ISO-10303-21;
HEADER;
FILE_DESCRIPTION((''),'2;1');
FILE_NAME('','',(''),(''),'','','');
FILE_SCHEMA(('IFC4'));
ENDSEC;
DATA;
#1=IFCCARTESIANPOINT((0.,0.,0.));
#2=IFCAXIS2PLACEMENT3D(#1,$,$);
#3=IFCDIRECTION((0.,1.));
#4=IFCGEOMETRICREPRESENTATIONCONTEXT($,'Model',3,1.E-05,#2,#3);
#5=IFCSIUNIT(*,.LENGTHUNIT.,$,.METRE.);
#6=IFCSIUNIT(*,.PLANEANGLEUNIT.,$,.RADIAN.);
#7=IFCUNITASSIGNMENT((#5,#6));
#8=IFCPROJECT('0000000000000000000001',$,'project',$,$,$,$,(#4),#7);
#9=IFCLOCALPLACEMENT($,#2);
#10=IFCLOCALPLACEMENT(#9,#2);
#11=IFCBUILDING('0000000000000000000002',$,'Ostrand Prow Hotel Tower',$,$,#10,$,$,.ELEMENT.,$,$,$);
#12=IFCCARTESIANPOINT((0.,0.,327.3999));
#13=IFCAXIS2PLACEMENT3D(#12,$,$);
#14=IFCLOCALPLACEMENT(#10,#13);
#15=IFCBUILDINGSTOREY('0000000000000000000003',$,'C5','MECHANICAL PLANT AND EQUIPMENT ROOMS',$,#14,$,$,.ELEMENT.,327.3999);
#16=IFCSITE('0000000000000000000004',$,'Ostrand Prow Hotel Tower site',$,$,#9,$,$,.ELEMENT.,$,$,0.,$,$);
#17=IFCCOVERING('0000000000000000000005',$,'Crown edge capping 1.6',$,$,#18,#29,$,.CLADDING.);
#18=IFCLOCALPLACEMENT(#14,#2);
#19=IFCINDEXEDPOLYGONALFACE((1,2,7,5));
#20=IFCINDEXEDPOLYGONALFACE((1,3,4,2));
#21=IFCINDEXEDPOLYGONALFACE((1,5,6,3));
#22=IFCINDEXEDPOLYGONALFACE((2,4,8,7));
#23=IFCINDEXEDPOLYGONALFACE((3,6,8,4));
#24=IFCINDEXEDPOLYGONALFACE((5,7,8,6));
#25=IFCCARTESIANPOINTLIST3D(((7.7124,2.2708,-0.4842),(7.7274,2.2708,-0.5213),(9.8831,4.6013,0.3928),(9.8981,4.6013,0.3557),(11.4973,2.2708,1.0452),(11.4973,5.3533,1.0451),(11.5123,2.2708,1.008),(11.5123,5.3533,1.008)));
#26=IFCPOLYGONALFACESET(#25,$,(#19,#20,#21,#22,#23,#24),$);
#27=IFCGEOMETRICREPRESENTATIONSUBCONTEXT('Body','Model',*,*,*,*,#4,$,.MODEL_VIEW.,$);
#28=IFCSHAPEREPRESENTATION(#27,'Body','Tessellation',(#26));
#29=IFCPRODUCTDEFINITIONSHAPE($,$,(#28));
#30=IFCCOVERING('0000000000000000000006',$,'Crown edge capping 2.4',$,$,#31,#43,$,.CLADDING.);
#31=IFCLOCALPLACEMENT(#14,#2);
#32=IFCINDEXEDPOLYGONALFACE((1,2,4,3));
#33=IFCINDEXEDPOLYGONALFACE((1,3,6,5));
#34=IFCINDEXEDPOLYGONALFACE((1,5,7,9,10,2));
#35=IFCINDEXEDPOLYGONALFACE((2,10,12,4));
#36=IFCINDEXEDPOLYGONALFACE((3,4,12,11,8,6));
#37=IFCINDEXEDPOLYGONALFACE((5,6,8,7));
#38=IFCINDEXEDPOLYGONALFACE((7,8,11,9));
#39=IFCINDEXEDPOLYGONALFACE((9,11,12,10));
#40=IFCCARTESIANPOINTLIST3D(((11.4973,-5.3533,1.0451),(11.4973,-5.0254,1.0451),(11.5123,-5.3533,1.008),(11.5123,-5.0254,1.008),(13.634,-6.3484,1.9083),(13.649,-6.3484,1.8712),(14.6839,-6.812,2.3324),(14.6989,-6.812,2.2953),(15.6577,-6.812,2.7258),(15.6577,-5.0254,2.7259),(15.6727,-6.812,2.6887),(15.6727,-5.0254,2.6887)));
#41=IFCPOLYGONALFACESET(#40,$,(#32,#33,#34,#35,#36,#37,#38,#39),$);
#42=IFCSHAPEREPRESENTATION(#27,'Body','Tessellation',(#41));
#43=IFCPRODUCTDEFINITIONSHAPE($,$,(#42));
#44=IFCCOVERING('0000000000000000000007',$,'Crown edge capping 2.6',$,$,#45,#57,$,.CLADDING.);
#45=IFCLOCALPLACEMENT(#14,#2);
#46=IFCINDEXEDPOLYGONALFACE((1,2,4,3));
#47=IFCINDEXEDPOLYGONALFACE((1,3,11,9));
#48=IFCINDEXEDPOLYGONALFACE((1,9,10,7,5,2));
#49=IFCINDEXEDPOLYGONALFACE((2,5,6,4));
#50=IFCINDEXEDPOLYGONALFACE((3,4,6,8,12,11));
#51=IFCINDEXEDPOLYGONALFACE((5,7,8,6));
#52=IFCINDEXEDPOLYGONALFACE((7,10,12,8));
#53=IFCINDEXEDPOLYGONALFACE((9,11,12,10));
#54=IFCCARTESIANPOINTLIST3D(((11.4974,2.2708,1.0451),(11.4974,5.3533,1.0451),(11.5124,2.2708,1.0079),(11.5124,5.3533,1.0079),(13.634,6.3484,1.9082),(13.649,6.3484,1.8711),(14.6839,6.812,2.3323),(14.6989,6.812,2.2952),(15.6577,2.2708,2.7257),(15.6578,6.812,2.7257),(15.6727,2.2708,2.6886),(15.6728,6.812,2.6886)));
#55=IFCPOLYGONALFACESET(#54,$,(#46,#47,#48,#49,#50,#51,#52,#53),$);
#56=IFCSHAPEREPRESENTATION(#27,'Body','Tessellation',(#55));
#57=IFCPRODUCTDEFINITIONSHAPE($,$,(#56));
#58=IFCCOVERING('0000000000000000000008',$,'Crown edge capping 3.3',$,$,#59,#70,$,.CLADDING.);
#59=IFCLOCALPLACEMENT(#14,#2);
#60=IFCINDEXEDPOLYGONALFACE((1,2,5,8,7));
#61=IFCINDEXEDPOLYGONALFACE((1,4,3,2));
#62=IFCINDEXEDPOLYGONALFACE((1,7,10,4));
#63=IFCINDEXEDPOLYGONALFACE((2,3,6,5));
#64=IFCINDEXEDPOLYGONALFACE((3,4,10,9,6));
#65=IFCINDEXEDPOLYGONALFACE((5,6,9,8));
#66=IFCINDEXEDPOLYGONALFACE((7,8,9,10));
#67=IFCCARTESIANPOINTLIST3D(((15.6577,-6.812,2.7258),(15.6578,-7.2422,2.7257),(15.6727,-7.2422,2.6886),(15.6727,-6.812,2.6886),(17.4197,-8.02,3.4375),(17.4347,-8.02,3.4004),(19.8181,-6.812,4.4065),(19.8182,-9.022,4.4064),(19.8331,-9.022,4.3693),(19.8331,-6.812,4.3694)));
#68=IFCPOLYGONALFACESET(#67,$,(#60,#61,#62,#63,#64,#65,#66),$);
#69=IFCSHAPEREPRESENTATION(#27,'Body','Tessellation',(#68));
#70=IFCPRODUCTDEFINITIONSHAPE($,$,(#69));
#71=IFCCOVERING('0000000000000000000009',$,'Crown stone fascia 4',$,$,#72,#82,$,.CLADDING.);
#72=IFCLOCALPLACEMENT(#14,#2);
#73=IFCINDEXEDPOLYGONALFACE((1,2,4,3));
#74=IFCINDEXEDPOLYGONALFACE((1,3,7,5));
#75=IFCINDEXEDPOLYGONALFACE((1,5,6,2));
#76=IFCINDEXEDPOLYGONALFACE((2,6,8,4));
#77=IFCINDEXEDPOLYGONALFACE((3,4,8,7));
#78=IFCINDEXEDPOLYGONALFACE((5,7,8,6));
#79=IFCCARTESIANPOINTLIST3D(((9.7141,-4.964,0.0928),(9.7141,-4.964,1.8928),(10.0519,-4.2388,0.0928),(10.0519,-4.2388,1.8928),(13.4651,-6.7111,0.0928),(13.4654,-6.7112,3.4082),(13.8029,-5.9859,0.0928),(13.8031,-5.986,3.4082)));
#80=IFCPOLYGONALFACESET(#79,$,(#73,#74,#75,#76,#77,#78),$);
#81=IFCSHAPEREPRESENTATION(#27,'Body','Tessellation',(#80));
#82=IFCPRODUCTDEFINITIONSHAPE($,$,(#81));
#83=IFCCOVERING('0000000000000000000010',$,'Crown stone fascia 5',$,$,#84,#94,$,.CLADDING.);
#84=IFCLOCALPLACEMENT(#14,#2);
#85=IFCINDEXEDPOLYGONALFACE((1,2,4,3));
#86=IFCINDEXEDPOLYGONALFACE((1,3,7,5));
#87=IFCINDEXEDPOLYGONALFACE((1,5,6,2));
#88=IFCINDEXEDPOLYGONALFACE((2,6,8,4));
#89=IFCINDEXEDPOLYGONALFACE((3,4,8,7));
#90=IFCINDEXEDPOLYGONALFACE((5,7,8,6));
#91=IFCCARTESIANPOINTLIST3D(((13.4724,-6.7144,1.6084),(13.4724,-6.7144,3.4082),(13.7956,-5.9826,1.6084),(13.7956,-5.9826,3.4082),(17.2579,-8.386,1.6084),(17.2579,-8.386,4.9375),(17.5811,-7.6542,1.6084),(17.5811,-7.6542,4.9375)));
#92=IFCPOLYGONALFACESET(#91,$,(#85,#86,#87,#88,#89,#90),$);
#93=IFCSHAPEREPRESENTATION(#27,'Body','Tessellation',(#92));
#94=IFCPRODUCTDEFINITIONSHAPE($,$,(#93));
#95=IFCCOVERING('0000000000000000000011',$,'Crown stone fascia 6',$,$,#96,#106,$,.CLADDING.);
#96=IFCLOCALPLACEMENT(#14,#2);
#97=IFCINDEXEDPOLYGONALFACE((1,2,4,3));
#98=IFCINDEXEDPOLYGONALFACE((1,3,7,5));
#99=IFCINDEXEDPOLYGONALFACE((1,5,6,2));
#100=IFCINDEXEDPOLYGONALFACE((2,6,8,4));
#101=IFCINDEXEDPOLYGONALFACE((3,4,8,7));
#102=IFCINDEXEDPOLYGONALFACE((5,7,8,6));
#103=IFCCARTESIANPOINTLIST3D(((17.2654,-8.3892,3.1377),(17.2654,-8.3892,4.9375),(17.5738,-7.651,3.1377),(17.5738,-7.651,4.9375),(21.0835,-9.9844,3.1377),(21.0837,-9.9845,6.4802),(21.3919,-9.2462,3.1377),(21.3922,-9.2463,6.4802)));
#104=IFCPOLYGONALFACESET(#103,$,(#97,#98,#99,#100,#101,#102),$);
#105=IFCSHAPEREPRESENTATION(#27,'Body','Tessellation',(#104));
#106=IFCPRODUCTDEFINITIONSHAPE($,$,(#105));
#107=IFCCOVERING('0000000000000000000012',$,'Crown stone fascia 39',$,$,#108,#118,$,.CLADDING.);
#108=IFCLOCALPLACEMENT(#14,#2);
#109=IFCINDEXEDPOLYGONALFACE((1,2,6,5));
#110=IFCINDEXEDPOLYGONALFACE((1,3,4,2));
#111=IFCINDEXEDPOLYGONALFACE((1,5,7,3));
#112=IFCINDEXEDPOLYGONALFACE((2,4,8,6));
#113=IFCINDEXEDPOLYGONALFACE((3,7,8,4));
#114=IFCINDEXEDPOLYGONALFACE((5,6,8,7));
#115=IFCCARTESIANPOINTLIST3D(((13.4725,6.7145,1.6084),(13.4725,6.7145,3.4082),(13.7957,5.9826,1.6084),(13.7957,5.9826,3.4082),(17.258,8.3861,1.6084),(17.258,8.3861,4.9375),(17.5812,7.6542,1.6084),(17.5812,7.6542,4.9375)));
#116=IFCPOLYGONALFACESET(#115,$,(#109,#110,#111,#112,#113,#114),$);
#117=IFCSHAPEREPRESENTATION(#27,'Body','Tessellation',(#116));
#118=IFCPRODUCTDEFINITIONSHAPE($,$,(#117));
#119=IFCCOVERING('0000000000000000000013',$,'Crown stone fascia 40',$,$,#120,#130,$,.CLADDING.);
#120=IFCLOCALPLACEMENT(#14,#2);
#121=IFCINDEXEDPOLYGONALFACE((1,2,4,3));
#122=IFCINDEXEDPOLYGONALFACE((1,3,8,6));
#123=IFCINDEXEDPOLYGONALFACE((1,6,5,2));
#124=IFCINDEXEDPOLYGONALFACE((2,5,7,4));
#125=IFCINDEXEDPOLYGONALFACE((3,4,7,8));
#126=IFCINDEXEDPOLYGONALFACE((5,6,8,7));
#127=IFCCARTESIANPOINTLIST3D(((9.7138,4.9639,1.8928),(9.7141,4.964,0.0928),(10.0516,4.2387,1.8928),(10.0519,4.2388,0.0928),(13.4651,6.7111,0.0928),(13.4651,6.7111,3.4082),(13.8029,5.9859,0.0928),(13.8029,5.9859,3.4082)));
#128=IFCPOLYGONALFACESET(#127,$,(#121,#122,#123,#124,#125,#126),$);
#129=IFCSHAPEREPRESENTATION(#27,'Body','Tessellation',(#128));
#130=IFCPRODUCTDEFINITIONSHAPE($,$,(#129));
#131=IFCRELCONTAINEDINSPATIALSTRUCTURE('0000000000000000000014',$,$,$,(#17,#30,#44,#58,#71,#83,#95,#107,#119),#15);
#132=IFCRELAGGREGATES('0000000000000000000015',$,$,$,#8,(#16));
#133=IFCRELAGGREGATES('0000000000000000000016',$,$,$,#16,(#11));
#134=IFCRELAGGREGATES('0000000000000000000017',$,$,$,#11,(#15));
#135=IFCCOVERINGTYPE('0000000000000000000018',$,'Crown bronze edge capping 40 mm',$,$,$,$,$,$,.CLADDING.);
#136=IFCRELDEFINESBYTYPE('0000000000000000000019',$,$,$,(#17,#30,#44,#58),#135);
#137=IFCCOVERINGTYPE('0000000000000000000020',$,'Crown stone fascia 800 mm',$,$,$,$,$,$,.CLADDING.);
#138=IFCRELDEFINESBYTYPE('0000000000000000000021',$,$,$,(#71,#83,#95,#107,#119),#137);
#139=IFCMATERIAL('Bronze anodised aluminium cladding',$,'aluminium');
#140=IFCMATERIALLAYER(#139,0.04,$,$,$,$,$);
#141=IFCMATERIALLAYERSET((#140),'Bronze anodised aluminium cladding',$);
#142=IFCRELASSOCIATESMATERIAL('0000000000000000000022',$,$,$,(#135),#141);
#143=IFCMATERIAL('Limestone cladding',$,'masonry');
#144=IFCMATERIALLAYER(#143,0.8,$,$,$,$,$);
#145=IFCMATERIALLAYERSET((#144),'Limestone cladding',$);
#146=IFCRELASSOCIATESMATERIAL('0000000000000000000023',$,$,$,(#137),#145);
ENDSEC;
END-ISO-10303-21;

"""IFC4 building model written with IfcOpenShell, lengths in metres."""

from ifc_helpers import new_model, si_unit, direction, frame, origin, place, context, subcontext, project, spatial, polyline, outline, extrude, material, layer, layer_set, type_object, element, save


model = new_model("IFC4")

# Units and contexts
model_context = context("Model", 3, precision=1e-05, world=origin(), true_north=direction((0.0, 1.0)))
body_context = subcontext(model_context, "Body", "Model", "MODEL_VIEW")
ifc_project = project(units=[si_unit("LENGTHUNIT", "METRE"), si_unit("PLANEANGLEUNIT", "RADIAN")], contexts=[model_context])

# Site, building, storey
site_placement = place(None, origin())
site = spatial("IfcSite", under=ifc_project, at=site_placement, Name="Ostrand Prow Hotel Tower site", CompositionType="ELEMENT", RefElevation=0.0)
building_placement = place(site_placement, origin())
building = spatial("IfcBuilding", under=site, at=building_placement, Name="Ostrand Prow Hotel Tower", CompositionType="ELEMENT")
storey_placement = place(building_placement, frame((0.0, 0.0, 327.3999)))
storey = spatial("IfcBuildingStorey", under=building, at=storey_placement, Name="C5", Description="MECHANICAL PLANT AND EQUIPMENT ROOMS", CompositionType="ELEMENT", Elevation=327.3999)

# Coverings
ifc_material_1 = material(Name="Bronze anodised aluminium cladding", Category="aluminium")
ifc_layer_1 = layer(ifc_material_1, 0.04)
ifc_layer_set_1 = layer_set([ifc_layer_1], Name="Bronze anodised aluminium cladding")
covering_type_1 = type_object("IfcCoveringType", Name="Crown bronze edge capping 40 mm", PredefinedType="CLADDING", material=ifc_layer_set_1)
covering_1_placement = place(storey_placement, frame((9.8831, 4.6013, 0.3928), z_axis=(-0.374644, 0.000026, 0.927169), x_axis=(-0.657092, -0.705509, -0.265494)))
element("IfcCovering", 1, at=covering_1_placement, inside=storey, type_object=covering_type_1, Name="Crown edge capping 1.6", PredefinedType="CLADDING", context=body_context, shape_type="SweptSolid", body=[
    extrude(outline(polyline([(0.0, 0.0), (3.3034, 0.0), (0.4103, 2.88), (-1.7644, 0.6954), (0.0, 0.0)])), origin(), (0.0, 0.0, -1.0), 0.04),
])
covering_2_placement = place(storey_placement, frame((15.6577, -6.812, 2.7258), z_axis=(-0.37457, -0.000017, 0.927199), x_axis=(-0.000007, 1.0, 0.000016)))
element("IfcCovering", 2, at=covering_2_placement, inside=storey, type_object=covering_type_1, Name="Crown edge capping 2.4", PredefinedType="CLADDING", context=body_context, shape_type="SweptSolid", body=[
    extrude(outline(polyline([(0.0, 0.0), (1.7866, 0.0), (1.7866, 4.487), (1.4587, 4.487), (0.4636, 2.1826), (0.0, 1.0503), (0.0, 0.0)])), origin(), (0.0, 0.0, -1.0), 0.04),
])
covering_3_placement = place(storey_placement, frame((13.634, 6.3484, 1.9082), z_axis=(-0.374563, 0.000005, 0.927202), x_axis=(-0.851227, -0.396443, -0.343869)))
element("IfcCovering", 3, at=covering_3_placement, inside=storey, type_object=covering_type_1, Name="Crown edge capping 2.6", PredefinedType="CLADDING", context=body_context, shape_type="SweptSolid", body=[
    extrude(outline(polyline([(0.0, 0.0), (2.5101, 0.0), (3.7322, 2.8299), (-0.3872, 4.6088), (-2.1876, 0.4396), (-1.2233, 0.0233), (0.0, 0.0)])), origin(), (0.0, 0.0, -1.0), 0.04),
])
covering_4_placement = place(storey_placement, frame((17.4197, -8.02, 3.4375), z_axis=(-0.374573, -0.000036, 0.927198), x_axis=(0.86461, -0.361188, 0.349274)))
element("IfcCovering", 4, at=covering_4_placement, inside=storey, type_object=covering_type_1, Name="Crown edge capping 3.3", PredefinedType="CLADDING", context=body_context, shape_type="SweptSolid", body=[
    extrude(outline(polyline([(0.0, 0.0), (2.7741, 0.0), (1.9758, 2.0608), (-2.2083, 0.4401), (-2.0529, 0.039), (0.0, 0.0)])), origin(), (0.0, 0.0, -1.0), 0.04),
])
ifc_material_2 = material(Name="Limestone cladding", Category="masonry")
ifc_layer_2 = layer(ifc_material_2, 0.8)
ifc_layer_set_2 = layer_set([ifc_layer_2], Name="Limestone cladding")
covering_type_2 = type_object("IfcCoveringType", Name="Crown stone fascia 800 mm", PredefinedType="CLADDING", material=ifc_layer_set_2)
covering_5_placement = place(storey_placement, frame((9.8831, -4.6013, 0.0928), z_axis=(0.0, 0.0, 1.0), x_axis=(0.906496, -0.422214, 0.0)))
element("IfcCovering", 5, at=covering_5_placement, inside=storey, type_object=covering_type_2, Name="Crown stone fascia 4", PredefinedType="CLADDING", context=body_context, shape_type="SweptSolid", body=[
    extrude(outline(polyline([(0.0, 0.0), (4.1379, 0.0), (4.1382, 3.3154), (0.0, 1.8), (0.0, 0.0)])), frame((0.0, 0.3999, 0.0), z_axis=(0.0, -1.0, 0.0), x_axis=(1.0, 0.0, 0.0)), (0.0, 0.0, 1.0), 0.8),
])
covering_6_placement = place(storey_placement, frame((13.634, -6.3484, 1.6084), z_axis=(0.0, 0.0, 1.0), x_axis=(0.914784, -0.403942, 0.0)))
element("IfcCovering", 6, at=covering_6_placement, inside=storey, type_object=covering_type_2, Name="Crown stone fascia 5", PredefinedType="CLADDING", context=body_context, shape_type="SweptSolid", body=[
    extrude(outline(polyline([(0.0, 0.0), (4.1382, 0.0), (4.1382, 3.3291), (0.0, 1.7998), (0.0, 0.0)])), frame((0.0, 0.3999, 0.0), z_axis=(0.0, -1.0, 0.0), x_axis=(1.0, 0.0, 0.0)), (0.0, 0.0, 1.0), 0.8),
])
covering_7_placement = place(storey_placement, frame((17.4197, -8.02, 3.1377), z_axis=(0.0, 0.0, 1.0), x_axis=(0.922705, -0.385508, 0.0)))
element("IfcCovering", 7, at=covering_7_placement, inside=storey, type_object=covering_type_2, Name="Crown stone fascia 6", PredefinedType="CLADDING", context=body_context, shape_type="SweptSolid", body=[
    extrude(outline(polyline([(0.0, 0.0), (4.1379, 0.0), (4.1382, 3.3425), (0.0, 1.7998), (0.0, 0.0)])), frame((0.0, 0.3999, 0.0), z_axis=(0.0, -1.0, 0.0), x_axis=(1.0, 0.0, 0.0)), (0.0, 0.0, 1.0), 0.8),
])
covering_8_placement = place(storey_placement, frame((17.4197, 8.02, 1.6084), z_axis=(0.0, 0.0, 1.0), x_axis=(-0.914784, -0.403942, 0.0)))
element("IfcCovering", 8, at=covering_8_placement, inside=storey, type_object=covering_type_2, Name="Crown stone fascia 39", PredefinedType="CLADDING", context=body_context, shape_type="SweptSolid", body=[
    extrude(outline(polyline([(0.0, 0.0), (4.1382, 0.0), (4.1382, 1.7998), (0.0, 3.3291), (0.0, 0.0)])), frame((0.0, 0.3999, 0.0), z_axis=(0.0, -1.0, 0.0), x_axis=(1.0, 0.0, 0.0)), (0.0, 0.0, 1.0), 0.8),
])
covering_9_placement = place(storey_placement, frame((13.634, 6.3484, 0.0928), z_axis=(0.0, 0.0, 1.0), x_axis=(-0.906496, -0.422214, 0.0)))
element("IfcCovering", 9, at=covering_9_placement, inside=storey, type_object=covering_type_2, Name="Crown stone fascia 40", PredefinedType="CLADDING", context=body_context, shape_type="SweptSolid", body=[
    extrude(outline(polyline([(0.0, 0.0), (4.1379, 0.0), (4.1382, 1.8), (0.0, 3.3154), (0.0, 0.0)])), frame((0.0, 0.3999, 0.0), z_axis=(0.0, -1.0, 0.0), x_axis=(1.0, 0.0, 0.0)), (0.0, 0.0, 1.0), 0.8),
])

save(model, "model.ifc")
